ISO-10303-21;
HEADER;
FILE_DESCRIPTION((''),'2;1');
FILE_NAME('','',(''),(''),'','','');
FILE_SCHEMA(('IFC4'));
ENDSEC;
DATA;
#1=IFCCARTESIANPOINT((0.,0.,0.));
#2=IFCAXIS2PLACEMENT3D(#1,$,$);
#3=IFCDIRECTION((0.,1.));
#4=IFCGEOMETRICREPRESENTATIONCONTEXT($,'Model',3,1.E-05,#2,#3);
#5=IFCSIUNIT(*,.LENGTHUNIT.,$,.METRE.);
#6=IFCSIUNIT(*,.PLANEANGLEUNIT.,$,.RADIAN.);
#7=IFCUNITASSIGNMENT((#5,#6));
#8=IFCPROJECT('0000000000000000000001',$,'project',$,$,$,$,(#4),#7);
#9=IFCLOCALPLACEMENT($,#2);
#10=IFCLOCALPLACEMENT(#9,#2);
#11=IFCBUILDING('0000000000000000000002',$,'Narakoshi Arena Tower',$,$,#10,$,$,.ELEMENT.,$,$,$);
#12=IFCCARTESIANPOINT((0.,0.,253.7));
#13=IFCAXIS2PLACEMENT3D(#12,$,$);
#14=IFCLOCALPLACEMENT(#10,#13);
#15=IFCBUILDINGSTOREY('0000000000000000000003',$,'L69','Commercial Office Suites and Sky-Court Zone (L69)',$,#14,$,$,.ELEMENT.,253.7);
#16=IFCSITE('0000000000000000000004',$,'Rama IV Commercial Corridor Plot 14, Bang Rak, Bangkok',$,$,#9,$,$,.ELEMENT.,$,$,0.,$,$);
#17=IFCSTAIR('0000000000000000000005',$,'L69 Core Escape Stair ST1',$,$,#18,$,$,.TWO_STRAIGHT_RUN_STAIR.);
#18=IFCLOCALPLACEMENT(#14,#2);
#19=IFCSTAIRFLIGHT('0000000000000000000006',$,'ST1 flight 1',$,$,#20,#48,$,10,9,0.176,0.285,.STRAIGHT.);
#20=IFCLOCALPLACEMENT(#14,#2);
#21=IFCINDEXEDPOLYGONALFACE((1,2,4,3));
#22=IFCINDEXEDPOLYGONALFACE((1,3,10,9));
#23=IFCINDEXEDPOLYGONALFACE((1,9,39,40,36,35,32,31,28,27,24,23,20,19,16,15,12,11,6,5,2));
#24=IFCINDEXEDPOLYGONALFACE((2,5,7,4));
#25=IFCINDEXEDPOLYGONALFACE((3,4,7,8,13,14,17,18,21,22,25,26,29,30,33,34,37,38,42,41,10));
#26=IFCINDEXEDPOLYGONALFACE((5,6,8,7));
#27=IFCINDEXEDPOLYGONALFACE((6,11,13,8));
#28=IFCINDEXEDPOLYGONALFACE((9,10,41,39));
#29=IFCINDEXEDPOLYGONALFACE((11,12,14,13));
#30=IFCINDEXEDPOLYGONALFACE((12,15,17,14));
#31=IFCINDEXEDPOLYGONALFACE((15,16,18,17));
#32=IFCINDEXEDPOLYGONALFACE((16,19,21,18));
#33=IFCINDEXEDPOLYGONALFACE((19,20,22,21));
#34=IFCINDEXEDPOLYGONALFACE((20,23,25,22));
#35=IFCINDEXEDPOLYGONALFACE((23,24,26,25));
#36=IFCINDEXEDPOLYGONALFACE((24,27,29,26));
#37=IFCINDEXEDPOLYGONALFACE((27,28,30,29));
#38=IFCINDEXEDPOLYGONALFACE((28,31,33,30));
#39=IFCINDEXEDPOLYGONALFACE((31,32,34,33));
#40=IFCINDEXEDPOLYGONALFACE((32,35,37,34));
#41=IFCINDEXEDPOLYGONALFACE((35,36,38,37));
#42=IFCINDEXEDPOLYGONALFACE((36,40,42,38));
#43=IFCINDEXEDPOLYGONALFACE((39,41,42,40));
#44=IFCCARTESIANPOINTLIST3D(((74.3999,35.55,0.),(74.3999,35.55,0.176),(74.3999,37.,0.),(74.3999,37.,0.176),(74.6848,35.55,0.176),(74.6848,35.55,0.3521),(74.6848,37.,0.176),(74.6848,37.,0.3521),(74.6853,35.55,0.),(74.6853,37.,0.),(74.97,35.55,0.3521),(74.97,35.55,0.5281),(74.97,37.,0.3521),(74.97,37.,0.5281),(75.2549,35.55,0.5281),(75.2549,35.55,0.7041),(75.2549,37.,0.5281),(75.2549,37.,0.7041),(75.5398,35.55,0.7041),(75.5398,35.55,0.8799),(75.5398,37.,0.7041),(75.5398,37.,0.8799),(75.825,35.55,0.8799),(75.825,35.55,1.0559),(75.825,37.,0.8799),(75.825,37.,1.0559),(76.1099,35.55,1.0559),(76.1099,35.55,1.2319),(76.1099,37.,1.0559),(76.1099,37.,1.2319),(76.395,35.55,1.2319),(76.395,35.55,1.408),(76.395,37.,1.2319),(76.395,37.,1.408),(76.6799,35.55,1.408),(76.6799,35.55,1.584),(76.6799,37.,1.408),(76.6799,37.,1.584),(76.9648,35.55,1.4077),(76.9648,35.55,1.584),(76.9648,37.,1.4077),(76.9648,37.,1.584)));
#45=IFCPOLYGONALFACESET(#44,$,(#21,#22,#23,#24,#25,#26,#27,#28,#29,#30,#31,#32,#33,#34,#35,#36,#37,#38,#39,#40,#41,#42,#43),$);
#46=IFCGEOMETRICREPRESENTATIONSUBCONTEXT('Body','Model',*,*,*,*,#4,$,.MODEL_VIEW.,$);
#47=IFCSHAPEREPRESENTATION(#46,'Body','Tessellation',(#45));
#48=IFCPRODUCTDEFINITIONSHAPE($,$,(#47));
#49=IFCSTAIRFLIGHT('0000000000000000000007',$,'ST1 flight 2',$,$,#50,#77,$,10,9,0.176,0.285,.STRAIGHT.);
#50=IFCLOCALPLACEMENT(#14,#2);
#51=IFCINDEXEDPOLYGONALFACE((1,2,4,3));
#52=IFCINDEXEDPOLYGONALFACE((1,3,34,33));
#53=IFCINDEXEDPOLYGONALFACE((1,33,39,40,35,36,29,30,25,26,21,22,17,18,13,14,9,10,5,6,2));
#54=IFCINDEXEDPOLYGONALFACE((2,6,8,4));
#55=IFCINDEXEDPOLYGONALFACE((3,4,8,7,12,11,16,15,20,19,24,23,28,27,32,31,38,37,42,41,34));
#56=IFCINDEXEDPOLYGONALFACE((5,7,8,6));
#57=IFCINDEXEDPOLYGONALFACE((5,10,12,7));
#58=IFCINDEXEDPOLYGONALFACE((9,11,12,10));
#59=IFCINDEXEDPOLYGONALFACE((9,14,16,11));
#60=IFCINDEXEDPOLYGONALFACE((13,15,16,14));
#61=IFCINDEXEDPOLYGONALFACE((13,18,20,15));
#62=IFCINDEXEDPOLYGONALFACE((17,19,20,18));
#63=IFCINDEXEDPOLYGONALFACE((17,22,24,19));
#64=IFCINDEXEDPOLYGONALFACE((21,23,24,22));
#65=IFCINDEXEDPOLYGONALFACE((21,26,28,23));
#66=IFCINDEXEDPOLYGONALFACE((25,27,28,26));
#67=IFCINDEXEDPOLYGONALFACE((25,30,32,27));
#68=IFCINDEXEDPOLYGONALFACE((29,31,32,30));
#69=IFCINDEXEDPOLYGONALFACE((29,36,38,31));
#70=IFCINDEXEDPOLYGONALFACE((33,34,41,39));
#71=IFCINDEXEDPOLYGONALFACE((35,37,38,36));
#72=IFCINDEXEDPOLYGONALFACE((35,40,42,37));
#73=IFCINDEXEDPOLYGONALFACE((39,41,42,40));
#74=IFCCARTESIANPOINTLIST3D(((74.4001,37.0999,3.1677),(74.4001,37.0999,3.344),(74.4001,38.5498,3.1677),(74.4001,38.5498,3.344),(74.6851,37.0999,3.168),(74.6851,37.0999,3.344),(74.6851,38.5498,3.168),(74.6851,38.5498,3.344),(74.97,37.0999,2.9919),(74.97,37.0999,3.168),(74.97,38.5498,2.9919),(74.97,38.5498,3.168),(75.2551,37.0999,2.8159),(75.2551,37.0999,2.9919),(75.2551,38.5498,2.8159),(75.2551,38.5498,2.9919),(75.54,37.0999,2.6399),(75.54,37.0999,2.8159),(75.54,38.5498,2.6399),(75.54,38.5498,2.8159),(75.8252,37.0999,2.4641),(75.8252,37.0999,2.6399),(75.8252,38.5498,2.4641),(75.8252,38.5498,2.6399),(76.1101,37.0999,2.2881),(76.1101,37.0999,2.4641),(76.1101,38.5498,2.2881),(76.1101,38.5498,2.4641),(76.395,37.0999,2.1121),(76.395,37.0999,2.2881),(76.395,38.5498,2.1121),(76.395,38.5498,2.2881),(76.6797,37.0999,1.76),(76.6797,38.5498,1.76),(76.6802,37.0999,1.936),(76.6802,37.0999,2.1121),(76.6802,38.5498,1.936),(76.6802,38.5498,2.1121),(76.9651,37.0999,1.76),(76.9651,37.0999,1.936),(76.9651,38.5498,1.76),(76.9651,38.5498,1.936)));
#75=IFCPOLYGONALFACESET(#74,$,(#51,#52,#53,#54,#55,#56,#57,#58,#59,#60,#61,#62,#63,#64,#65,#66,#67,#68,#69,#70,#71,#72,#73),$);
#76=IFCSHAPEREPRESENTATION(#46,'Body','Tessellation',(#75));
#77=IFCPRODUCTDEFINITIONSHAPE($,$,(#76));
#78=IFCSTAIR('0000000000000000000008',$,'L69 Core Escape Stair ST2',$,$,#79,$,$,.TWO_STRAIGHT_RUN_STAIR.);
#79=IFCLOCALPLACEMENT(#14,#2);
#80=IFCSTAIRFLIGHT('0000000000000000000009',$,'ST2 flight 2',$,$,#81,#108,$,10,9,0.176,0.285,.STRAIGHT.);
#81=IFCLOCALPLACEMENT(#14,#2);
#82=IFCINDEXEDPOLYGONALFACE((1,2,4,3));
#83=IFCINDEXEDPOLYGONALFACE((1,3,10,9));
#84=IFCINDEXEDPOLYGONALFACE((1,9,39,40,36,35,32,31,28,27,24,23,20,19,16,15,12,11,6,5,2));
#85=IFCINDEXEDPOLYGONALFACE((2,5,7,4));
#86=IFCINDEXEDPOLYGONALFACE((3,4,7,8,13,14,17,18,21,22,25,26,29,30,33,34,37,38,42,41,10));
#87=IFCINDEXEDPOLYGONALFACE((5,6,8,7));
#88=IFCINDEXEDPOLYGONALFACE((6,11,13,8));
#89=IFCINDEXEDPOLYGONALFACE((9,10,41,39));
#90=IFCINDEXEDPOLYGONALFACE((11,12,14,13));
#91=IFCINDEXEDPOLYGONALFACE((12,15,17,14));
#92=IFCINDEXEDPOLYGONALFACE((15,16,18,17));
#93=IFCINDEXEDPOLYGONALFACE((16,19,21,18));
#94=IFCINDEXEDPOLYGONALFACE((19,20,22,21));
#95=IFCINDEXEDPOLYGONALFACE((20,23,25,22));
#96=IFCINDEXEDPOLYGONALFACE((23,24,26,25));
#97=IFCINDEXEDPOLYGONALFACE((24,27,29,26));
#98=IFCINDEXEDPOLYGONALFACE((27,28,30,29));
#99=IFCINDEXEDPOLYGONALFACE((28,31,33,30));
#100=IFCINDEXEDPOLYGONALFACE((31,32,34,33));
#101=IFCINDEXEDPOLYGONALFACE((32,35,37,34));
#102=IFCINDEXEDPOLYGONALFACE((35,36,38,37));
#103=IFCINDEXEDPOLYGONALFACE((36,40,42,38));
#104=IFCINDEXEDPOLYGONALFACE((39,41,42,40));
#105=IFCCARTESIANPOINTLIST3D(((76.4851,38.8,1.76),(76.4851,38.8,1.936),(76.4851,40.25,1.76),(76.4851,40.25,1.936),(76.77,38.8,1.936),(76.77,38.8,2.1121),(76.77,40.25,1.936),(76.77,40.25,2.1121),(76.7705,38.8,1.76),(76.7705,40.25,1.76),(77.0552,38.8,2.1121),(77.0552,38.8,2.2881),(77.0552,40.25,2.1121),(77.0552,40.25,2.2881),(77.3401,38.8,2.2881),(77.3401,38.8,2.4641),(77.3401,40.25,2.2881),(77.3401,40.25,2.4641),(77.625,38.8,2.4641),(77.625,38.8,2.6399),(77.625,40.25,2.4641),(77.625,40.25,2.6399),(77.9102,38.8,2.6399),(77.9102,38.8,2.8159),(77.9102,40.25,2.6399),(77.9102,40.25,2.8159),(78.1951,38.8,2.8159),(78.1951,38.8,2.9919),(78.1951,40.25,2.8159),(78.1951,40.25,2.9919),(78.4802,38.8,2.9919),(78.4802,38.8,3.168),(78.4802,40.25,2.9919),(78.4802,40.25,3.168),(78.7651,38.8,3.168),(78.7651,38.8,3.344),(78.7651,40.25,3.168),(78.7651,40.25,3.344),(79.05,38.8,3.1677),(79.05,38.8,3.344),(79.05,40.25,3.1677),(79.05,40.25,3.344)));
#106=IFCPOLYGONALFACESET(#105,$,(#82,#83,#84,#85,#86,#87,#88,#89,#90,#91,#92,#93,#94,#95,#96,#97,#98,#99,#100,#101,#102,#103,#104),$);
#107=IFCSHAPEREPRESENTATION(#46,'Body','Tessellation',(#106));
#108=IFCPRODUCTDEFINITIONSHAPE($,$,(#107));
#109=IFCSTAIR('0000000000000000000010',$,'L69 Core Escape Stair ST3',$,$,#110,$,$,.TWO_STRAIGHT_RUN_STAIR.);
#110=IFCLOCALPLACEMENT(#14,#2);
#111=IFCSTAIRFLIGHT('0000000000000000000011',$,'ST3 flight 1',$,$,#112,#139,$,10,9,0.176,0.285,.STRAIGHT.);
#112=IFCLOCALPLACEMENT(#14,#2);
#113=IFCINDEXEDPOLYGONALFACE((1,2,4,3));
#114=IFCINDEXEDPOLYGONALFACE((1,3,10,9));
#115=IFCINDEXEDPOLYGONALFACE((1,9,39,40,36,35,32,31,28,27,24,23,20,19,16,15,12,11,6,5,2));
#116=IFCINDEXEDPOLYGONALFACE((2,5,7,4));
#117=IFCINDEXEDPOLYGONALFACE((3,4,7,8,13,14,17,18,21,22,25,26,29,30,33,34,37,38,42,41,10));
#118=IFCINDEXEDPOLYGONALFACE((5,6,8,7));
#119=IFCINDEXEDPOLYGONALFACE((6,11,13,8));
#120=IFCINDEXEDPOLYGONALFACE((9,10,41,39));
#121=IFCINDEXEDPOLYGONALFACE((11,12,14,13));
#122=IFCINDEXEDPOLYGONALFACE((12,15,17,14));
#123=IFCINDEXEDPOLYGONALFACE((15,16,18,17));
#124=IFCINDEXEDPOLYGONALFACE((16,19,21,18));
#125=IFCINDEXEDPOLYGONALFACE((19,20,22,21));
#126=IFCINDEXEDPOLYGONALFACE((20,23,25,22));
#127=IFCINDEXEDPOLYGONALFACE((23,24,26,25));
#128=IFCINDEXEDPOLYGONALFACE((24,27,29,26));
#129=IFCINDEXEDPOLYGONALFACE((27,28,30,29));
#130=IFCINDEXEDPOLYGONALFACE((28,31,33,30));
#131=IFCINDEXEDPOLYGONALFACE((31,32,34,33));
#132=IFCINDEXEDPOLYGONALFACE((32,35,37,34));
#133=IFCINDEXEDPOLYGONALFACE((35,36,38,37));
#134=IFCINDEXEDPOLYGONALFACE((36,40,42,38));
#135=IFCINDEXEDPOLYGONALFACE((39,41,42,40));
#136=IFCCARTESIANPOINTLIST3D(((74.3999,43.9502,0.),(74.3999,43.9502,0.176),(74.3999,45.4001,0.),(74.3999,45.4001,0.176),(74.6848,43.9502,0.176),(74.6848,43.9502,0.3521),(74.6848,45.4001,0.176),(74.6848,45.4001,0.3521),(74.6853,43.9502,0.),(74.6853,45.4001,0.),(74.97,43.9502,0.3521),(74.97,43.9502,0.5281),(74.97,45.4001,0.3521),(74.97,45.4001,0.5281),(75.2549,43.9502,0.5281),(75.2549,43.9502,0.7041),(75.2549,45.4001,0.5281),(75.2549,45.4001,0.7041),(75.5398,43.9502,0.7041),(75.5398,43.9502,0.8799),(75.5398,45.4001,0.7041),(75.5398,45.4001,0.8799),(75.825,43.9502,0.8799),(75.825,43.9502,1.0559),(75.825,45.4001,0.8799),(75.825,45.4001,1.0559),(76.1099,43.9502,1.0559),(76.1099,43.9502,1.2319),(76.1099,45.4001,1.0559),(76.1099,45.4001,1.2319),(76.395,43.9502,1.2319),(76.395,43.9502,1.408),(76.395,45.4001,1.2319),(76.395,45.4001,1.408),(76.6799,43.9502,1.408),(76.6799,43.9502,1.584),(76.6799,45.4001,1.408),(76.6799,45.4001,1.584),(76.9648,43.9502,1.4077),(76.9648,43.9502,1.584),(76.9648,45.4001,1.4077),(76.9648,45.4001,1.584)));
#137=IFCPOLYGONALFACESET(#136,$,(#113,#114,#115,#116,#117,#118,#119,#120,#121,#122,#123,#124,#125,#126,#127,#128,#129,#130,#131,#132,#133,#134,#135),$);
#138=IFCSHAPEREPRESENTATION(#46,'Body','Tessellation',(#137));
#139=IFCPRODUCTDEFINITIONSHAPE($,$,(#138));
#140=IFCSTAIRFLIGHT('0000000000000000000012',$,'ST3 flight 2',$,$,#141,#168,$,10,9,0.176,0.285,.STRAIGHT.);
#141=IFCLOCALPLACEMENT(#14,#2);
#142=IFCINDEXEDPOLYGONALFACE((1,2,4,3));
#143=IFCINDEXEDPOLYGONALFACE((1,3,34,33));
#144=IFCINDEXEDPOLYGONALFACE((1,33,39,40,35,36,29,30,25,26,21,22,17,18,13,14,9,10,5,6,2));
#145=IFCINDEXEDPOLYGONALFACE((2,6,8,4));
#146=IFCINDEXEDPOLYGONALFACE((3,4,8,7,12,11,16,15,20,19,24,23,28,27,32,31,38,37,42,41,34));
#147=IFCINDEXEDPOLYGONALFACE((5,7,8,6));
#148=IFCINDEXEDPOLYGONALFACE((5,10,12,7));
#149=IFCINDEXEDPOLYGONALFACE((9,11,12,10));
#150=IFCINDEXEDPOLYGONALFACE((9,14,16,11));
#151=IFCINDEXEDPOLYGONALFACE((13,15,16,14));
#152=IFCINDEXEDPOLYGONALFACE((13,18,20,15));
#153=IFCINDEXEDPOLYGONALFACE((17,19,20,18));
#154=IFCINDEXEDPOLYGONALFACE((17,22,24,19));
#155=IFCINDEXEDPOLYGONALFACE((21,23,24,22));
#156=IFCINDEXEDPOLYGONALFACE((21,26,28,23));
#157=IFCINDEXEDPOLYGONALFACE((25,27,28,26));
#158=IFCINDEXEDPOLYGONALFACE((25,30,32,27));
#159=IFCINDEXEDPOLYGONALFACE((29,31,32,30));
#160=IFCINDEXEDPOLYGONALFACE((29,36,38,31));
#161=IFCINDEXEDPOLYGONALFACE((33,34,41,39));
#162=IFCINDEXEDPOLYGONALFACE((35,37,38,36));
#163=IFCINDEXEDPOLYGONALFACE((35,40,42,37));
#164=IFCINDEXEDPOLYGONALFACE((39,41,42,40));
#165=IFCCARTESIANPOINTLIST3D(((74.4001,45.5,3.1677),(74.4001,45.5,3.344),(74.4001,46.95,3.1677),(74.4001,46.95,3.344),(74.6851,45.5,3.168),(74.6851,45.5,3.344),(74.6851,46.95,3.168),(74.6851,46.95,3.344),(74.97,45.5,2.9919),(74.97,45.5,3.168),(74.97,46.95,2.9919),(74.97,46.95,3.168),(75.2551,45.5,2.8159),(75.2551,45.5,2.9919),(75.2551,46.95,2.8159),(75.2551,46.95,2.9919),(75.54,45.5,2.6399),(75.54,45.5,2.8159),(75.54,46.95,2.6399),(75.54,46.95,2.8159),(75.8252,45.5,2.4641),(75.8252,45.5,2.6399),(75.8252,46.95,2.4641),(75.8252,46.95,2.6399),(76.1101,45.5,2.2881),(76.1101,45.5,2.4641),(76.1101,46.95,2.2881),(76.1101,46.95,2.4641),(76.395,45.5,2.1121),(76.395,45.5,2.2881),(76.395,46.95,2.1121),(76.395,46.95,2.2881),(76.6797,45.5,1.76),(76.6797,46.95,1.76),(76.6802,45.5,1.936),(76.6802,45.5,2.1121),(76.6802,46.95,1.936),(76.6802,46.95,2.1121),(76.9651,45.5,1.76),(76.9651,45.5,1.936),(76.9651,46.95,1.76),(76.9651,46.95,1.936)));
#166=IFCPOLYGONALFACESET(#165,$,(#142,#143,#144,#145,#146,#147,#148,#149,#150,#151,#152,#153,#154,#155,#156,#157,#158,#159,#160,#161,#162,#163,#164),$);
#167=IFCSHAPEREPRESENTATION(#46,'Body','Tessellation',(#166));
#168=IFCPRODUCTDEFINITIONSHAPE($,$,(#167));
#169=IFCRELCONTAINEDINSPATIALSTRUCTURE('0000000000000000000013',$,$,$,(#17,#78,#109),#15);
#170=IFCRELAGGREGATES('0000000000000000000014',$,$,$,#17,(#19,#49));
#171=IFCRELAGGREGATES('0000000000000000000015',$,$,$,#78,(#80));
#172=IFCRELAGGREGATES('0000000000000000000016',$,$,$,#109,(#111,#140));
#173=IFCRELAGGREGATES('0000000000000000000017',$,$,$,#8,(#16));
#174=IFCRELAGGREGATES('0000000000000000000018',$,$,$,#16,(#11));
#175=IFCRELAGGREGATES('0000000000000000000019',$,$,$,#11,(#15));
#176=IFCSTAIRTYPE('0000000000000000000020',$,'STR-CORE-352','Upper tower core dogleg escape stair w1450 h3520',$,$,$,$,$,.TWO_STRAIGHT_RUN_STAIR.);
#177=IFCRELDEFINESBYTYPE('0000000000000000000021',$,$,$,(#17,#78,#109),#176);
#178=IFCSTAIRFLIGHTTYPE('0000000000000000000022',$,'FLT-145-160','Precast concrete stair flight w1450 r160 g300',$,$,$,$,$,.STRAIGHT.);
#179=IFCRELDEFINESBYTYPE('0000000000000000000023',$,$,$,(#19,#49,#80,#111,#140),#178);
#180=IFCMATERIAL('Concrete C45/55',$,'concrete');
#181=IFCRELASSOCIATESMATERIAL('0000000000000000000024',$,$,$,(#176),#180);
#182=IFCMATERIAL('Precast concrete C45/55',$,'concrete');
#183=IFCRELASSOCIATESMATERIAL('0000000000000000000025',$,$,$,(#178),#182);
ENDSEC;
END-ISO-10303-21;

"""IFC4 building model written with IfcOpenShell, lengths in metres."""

from ifc_helpers import new_model, si_unit, direction, frame, origin, place, context, subcontext, project, spatial, polyline, outline, extrude, material, type_object, element, aggregate, save


model = new_model("IFC4")

# Units and contexts
model_context = context("Model", 3, precision=1e-05, world=origin(), true_north=direction((0.0, 1.0)))
body_context = subcontext(model_context, "Body", "Model", "MODEL_VIEW")
ifc_project = project(units=[si_unit("LENGTHUNIT", "METRE"), si_unit("PLANEANGLEUNIT", "RADIAN")], contexts=[model_context])

# Site, building, storey
site_placement = place(None, origin())
site = spatial("IfcSite", under=ifc_project, at=site_placement, Name="Rama IV Commercial Corridor Plot 14, Bang Rak, Bangkok", CompositionType="ELEMENT", RefElevation=0.0)
building_placement = place(site_placement, origin())
building = spatial("IfcBuilding", under=site, at=building_placement, Name="Narakoshi Arena Tower", CompositionType="ELEMENT")
storey_placement = place(building_placement, frame((0.0, 0.0, 253.7)))
storey = spatial("IfcBuildingStorey", under=building, at=storey_placement, Name="L69", Description="Commercial Office Suites and Sky-Court Zone (L69)", CompositionType="ELEMENT", Elevation=253.7)

# Shared definitions
ifc_material_1 = material(Name="Precast concrete C45/55", Category="concrete")

# Stair, stair flights
ifc_material_2 = material(Name="Concrete C45/55", Category="concrete")
stair_type = type_object("IfcStairType", Name="STR-CORE-352", Description="Upper tower core dogleg escape stair w1450 h3520", PredefinedType="TWO_STRAIGHT_RUN_STAIR", material=ifc_material_2)
stair_1_placement = place(storey_placement, origin())
stair_1 = element("IfcStair", 1, at=stair_1_placement, inside=storey, type_object=stair_type, Name="L69 Core Escape Stair ST1", PredefinedType="TWO_STRAIGHT_RUN_STAIR")
stair_flight_type = type_object("IfcStairFlightType", Name="FLT-145-160", Description="Precast concrete stair flight w1450 r160 g300", PredefinedType="STRAIGHT", material=ifc_material_1)
stair_flight_1_placement = place(storey_placement, frame((74.3999, 36.2749, 0.0), z_axis=(0.0, 0.0, 1.0), x_axis=(1.0, 0.0, 0.0)))
stair_flight_1 = element("IfcStairFlight", 2, at=stair_flight_1_placement, type_object=stair_flight_type, Name="ST1 flight 1", NumberOfRisers=10, NumberOfTreads=9, PredefinedType="STRAIGHT", RiserHeight=0.176, TreadLength=0.285, context=body_context, shape_type="SweptSolid", body=[
    extrude(outline(polyline([(0.0, 0.0), (0.0, 0.176), (0.2849, 0.176), (0.2849, 0.3521), (0.5701, 0.3521), (0.5701, 0.5281), (0.855, 0.5281), (0.855, 0.7041), (1.1399, 0.7041), (1.1399, 0.8799), (1.425, 0.8799), (1.425, 1.0559), (1.71, 1.0559), (1.71, 1.2319), (1.9951, 1.2319), (1.9951, 1.408), (2.28, 1.408), (2.28, 1.584), (2.5649, 1.584), (2.5649, 1.76), (2.5649, 1.4077), (0.2854, 0.0), (0.0, 0.0)])), frame((0.0, 0.7251, 0.0), z_axis=(0.0, -1.0, 0.0), x_axis=(1.0, 0.0, 0.0)), (0.0, 0.0, 1.0), 1.45),
])
stair_flight_2_placement = place(storey_placement, frame((76.9651, 37.825, 1.76), z_axis=(0.0, 0.0, 1.0), x_axis=(-1.0, 0.0, 0.0)))
stair_flight_2 = element("IfcStairFlight", 3, at=stair_flight_2_placement, type_object=stair_flight_type, Name="ST1 flight 2", NumberOfRisers=10, NumberOfTreads=9, PredefinedType="STRAIGHT", RiserHeight=0.176, TreadLength=0.285, context=body_context, shape_type="SweptSolid", body=[
    extrude(outline(polyline([(0.0, 0.0), (0.0, 0.176), (0.2849, 0.176), (0.2849, 0.3521), (0.5701, 0.3521), (0.5701, 0.5281), (0.855, 0.5281), (0.855, 0.7041), (1.1399, 0.7041), (1.1399, 0.8799), (1.425, 0.8799), (1.425, 1.0559), (1.71, 1.0559), (1.71, 1.2319), (1.9951, 1.2319), (1.9951, 1.408), (2.28, 1.408), (2.28, 1.584), (2.5649, 1.584), (2.5649, 1.76), (2.5649, 1.4077), (0.2854, 0.0), (0.0, 0.0)])), frame((0.0, 0.7251, 0.0), z_axis=(0.0, -1.0, 0.0), x_axis=(1.0, 0.0, 0.0)), (0.0, 0.0, 1.0), 1.45),
])
aggregate(stair_1, [stair_flight_1, stair_flight_2])

# Stair, stair flight
stair_2_placement = place(storey_placement, origin())
stair_2 = element("IfcStair", 4, at=stair_2_placement, inside=storey, type_object=stair_type, Name="L69 Core Escape Stair ST2", PredefinedType="TWO_STRAIGHT_RUN_STAIR")
stair_flight_3_placement = place(storey_placement, frame((76.4851, 39.5249, 1.76), z_axis=(0.0, 0.0, 1.0), x_axis=(1.0, 0.0, 0.0)))
stair_flight_3 = element("IfcStairFlight", 5, at=stair_flight_3_placement, type_object=stair_flight_type, Name="ST2 flight 2", NumberOfRisers=10, NumberOfTreads=9, PredefinedType="STRAIGHT", RiserHeight=0.176, TreadLength=0.285, context=body_context, shape_type="SweptSolid", body=[
    extrude(outline(polyline([(0.0, 0.0), (0.0, 0.176), (0.2849, 0.176), (0.2849, 0.3521), (0.5701, 0.3521), (0.5701, 0.5281), (0.855, 0.5281), (0.855, 0.7041), (1.1399, 0.7041), (1.1399, 0.8799), (1.425, 0.8799), (1.425, 1.0559), (1.71, 1.0559), (1.71, 1.2319), (1.9951, 1.2319), (1.9951, 1.408), (2.28, 1.408), (2.28, 1.584), (2.5649, 1.584), (2.5649, 1.76), (2.5649, 1.4077), (0.2854, 0.0), (0.0, 0.0)])), frame((0.0, 0.7251, 0.0), z_axis=(0.0, -1.0, 0.0), x_axis=(1.0, 0.0, 0.0)), (0.0, 0.0, 1.0), 1.45),
])
aggregate(stair_2, [stair_flight_3])

# Stair, stair flights
stair_3_placement = place(storey_placement, origin())
stair_3 = element("IfcStair", 6, at=stair_3_placement, inside=storey, type_object=stair_type, Name="L69 Core Escape Stair ST3", PredefinedType="TWO_STRAIGHT_RUN_STAIR")
stair_flight_4_placement = place(storey_placement, frame((74.3999, 44.675, 0.0), z_axis=(0.0, 0.0, 1.0), x_axis=(1.0, 0.0, 0.0)))
stair_flight_4 = element("IfcStairFlight", 7, at=stair_flight_4_placement, type_object=stair_flight_type, Name="ST3 flight 1", NumberOfRisers=10, NumberOfTreads=9, PredefinedType="STRAIGHT", RiserHeight=0.176, TreadLength=0.285, context=body_context, shape_type="SweptSolid", body=[
    extrude(outline(polyline([(0.0, 0.0), (0.0, 0.176), (0.2849, 0.176), (0.2849, 0.3521), (0.5701, 0.3521), (0.5701, 0.5281), (0.855, 0.5281), (0.855, 0.7041), (1.1399, 0.7041), (1.1399, 0.8799), (1.425, 0.8799), (1.425, 1.0559), (1.71, 1.0559), (1.71, 1.2319), (1.9951, 1.2319), (1.9951, 1.408), (2.28, 1.408), (2.28, 1.584), (2.5649, 1.584), (2.5649, 1.76), (2.5649, 1.4077), (0.2854, 0.0), (0.0, 0.0)])), frame((0.0, 0.7251, 0.0), z_axis=(0.0, -1.0, 0.0), x_axis=(1.0, 0.0, 0.0)), (0.0, 0.0, 1.0), 1.45),
])
stair_flight_5_placement = place(storey_placement, frame((76.9651, 46.2251, 1.76), z_axis=(0.0, 0.0, 1.0), x_axis=(-1.0, 0.0, 0.0)))
stair_flight_5 = element("IfcStairFlight", 8, at=stair_flight_5_placement, type_object=stair_flight_type, Name="ST3 flight 2", NumberOfRisers=10, NumberOfTreads=9, PredefinedType="STRAIGHT", RiserHeight=0.176, TreadLength=0.285, context=body_context, shape_type="SweptSolid", body=[
    extrude(outline(polyline([(0.0, 0.0), (0.0, 0.176), (0.2849, 0.176), (0.2849, 0.3521), (0.5701, 0.3521), (0.5701, 0.5281), (0.855, 0.5281), (0.855, 0.7041), (1.1399, 0.7041), (1.1399, 0.8799), (1.425, 0.8799), (1.425, 1.0559), (1.71, 1.0559), (1.71, 1.2319), (1.9951, 1.2319), (1.9951, 1.408), (2.28, 1.408), (2.28, 1.584), (2.5649, 1.584), (2.5649, 1.76), (2.5649, 1.4077), (0.2854, 0.0), (0.0, 0.0)])), frame((0.0, 0.7251, 0.0), z_axis=(0.0, -1.0, 0.0), x_axis=(1.0, 0.0, 0.0)), (0.0, 0.0, 1.0), 1.45),
])
aggregate(stair_3, [stair_flight_4, stair_flight_5])

save(model, "model.ifc")
